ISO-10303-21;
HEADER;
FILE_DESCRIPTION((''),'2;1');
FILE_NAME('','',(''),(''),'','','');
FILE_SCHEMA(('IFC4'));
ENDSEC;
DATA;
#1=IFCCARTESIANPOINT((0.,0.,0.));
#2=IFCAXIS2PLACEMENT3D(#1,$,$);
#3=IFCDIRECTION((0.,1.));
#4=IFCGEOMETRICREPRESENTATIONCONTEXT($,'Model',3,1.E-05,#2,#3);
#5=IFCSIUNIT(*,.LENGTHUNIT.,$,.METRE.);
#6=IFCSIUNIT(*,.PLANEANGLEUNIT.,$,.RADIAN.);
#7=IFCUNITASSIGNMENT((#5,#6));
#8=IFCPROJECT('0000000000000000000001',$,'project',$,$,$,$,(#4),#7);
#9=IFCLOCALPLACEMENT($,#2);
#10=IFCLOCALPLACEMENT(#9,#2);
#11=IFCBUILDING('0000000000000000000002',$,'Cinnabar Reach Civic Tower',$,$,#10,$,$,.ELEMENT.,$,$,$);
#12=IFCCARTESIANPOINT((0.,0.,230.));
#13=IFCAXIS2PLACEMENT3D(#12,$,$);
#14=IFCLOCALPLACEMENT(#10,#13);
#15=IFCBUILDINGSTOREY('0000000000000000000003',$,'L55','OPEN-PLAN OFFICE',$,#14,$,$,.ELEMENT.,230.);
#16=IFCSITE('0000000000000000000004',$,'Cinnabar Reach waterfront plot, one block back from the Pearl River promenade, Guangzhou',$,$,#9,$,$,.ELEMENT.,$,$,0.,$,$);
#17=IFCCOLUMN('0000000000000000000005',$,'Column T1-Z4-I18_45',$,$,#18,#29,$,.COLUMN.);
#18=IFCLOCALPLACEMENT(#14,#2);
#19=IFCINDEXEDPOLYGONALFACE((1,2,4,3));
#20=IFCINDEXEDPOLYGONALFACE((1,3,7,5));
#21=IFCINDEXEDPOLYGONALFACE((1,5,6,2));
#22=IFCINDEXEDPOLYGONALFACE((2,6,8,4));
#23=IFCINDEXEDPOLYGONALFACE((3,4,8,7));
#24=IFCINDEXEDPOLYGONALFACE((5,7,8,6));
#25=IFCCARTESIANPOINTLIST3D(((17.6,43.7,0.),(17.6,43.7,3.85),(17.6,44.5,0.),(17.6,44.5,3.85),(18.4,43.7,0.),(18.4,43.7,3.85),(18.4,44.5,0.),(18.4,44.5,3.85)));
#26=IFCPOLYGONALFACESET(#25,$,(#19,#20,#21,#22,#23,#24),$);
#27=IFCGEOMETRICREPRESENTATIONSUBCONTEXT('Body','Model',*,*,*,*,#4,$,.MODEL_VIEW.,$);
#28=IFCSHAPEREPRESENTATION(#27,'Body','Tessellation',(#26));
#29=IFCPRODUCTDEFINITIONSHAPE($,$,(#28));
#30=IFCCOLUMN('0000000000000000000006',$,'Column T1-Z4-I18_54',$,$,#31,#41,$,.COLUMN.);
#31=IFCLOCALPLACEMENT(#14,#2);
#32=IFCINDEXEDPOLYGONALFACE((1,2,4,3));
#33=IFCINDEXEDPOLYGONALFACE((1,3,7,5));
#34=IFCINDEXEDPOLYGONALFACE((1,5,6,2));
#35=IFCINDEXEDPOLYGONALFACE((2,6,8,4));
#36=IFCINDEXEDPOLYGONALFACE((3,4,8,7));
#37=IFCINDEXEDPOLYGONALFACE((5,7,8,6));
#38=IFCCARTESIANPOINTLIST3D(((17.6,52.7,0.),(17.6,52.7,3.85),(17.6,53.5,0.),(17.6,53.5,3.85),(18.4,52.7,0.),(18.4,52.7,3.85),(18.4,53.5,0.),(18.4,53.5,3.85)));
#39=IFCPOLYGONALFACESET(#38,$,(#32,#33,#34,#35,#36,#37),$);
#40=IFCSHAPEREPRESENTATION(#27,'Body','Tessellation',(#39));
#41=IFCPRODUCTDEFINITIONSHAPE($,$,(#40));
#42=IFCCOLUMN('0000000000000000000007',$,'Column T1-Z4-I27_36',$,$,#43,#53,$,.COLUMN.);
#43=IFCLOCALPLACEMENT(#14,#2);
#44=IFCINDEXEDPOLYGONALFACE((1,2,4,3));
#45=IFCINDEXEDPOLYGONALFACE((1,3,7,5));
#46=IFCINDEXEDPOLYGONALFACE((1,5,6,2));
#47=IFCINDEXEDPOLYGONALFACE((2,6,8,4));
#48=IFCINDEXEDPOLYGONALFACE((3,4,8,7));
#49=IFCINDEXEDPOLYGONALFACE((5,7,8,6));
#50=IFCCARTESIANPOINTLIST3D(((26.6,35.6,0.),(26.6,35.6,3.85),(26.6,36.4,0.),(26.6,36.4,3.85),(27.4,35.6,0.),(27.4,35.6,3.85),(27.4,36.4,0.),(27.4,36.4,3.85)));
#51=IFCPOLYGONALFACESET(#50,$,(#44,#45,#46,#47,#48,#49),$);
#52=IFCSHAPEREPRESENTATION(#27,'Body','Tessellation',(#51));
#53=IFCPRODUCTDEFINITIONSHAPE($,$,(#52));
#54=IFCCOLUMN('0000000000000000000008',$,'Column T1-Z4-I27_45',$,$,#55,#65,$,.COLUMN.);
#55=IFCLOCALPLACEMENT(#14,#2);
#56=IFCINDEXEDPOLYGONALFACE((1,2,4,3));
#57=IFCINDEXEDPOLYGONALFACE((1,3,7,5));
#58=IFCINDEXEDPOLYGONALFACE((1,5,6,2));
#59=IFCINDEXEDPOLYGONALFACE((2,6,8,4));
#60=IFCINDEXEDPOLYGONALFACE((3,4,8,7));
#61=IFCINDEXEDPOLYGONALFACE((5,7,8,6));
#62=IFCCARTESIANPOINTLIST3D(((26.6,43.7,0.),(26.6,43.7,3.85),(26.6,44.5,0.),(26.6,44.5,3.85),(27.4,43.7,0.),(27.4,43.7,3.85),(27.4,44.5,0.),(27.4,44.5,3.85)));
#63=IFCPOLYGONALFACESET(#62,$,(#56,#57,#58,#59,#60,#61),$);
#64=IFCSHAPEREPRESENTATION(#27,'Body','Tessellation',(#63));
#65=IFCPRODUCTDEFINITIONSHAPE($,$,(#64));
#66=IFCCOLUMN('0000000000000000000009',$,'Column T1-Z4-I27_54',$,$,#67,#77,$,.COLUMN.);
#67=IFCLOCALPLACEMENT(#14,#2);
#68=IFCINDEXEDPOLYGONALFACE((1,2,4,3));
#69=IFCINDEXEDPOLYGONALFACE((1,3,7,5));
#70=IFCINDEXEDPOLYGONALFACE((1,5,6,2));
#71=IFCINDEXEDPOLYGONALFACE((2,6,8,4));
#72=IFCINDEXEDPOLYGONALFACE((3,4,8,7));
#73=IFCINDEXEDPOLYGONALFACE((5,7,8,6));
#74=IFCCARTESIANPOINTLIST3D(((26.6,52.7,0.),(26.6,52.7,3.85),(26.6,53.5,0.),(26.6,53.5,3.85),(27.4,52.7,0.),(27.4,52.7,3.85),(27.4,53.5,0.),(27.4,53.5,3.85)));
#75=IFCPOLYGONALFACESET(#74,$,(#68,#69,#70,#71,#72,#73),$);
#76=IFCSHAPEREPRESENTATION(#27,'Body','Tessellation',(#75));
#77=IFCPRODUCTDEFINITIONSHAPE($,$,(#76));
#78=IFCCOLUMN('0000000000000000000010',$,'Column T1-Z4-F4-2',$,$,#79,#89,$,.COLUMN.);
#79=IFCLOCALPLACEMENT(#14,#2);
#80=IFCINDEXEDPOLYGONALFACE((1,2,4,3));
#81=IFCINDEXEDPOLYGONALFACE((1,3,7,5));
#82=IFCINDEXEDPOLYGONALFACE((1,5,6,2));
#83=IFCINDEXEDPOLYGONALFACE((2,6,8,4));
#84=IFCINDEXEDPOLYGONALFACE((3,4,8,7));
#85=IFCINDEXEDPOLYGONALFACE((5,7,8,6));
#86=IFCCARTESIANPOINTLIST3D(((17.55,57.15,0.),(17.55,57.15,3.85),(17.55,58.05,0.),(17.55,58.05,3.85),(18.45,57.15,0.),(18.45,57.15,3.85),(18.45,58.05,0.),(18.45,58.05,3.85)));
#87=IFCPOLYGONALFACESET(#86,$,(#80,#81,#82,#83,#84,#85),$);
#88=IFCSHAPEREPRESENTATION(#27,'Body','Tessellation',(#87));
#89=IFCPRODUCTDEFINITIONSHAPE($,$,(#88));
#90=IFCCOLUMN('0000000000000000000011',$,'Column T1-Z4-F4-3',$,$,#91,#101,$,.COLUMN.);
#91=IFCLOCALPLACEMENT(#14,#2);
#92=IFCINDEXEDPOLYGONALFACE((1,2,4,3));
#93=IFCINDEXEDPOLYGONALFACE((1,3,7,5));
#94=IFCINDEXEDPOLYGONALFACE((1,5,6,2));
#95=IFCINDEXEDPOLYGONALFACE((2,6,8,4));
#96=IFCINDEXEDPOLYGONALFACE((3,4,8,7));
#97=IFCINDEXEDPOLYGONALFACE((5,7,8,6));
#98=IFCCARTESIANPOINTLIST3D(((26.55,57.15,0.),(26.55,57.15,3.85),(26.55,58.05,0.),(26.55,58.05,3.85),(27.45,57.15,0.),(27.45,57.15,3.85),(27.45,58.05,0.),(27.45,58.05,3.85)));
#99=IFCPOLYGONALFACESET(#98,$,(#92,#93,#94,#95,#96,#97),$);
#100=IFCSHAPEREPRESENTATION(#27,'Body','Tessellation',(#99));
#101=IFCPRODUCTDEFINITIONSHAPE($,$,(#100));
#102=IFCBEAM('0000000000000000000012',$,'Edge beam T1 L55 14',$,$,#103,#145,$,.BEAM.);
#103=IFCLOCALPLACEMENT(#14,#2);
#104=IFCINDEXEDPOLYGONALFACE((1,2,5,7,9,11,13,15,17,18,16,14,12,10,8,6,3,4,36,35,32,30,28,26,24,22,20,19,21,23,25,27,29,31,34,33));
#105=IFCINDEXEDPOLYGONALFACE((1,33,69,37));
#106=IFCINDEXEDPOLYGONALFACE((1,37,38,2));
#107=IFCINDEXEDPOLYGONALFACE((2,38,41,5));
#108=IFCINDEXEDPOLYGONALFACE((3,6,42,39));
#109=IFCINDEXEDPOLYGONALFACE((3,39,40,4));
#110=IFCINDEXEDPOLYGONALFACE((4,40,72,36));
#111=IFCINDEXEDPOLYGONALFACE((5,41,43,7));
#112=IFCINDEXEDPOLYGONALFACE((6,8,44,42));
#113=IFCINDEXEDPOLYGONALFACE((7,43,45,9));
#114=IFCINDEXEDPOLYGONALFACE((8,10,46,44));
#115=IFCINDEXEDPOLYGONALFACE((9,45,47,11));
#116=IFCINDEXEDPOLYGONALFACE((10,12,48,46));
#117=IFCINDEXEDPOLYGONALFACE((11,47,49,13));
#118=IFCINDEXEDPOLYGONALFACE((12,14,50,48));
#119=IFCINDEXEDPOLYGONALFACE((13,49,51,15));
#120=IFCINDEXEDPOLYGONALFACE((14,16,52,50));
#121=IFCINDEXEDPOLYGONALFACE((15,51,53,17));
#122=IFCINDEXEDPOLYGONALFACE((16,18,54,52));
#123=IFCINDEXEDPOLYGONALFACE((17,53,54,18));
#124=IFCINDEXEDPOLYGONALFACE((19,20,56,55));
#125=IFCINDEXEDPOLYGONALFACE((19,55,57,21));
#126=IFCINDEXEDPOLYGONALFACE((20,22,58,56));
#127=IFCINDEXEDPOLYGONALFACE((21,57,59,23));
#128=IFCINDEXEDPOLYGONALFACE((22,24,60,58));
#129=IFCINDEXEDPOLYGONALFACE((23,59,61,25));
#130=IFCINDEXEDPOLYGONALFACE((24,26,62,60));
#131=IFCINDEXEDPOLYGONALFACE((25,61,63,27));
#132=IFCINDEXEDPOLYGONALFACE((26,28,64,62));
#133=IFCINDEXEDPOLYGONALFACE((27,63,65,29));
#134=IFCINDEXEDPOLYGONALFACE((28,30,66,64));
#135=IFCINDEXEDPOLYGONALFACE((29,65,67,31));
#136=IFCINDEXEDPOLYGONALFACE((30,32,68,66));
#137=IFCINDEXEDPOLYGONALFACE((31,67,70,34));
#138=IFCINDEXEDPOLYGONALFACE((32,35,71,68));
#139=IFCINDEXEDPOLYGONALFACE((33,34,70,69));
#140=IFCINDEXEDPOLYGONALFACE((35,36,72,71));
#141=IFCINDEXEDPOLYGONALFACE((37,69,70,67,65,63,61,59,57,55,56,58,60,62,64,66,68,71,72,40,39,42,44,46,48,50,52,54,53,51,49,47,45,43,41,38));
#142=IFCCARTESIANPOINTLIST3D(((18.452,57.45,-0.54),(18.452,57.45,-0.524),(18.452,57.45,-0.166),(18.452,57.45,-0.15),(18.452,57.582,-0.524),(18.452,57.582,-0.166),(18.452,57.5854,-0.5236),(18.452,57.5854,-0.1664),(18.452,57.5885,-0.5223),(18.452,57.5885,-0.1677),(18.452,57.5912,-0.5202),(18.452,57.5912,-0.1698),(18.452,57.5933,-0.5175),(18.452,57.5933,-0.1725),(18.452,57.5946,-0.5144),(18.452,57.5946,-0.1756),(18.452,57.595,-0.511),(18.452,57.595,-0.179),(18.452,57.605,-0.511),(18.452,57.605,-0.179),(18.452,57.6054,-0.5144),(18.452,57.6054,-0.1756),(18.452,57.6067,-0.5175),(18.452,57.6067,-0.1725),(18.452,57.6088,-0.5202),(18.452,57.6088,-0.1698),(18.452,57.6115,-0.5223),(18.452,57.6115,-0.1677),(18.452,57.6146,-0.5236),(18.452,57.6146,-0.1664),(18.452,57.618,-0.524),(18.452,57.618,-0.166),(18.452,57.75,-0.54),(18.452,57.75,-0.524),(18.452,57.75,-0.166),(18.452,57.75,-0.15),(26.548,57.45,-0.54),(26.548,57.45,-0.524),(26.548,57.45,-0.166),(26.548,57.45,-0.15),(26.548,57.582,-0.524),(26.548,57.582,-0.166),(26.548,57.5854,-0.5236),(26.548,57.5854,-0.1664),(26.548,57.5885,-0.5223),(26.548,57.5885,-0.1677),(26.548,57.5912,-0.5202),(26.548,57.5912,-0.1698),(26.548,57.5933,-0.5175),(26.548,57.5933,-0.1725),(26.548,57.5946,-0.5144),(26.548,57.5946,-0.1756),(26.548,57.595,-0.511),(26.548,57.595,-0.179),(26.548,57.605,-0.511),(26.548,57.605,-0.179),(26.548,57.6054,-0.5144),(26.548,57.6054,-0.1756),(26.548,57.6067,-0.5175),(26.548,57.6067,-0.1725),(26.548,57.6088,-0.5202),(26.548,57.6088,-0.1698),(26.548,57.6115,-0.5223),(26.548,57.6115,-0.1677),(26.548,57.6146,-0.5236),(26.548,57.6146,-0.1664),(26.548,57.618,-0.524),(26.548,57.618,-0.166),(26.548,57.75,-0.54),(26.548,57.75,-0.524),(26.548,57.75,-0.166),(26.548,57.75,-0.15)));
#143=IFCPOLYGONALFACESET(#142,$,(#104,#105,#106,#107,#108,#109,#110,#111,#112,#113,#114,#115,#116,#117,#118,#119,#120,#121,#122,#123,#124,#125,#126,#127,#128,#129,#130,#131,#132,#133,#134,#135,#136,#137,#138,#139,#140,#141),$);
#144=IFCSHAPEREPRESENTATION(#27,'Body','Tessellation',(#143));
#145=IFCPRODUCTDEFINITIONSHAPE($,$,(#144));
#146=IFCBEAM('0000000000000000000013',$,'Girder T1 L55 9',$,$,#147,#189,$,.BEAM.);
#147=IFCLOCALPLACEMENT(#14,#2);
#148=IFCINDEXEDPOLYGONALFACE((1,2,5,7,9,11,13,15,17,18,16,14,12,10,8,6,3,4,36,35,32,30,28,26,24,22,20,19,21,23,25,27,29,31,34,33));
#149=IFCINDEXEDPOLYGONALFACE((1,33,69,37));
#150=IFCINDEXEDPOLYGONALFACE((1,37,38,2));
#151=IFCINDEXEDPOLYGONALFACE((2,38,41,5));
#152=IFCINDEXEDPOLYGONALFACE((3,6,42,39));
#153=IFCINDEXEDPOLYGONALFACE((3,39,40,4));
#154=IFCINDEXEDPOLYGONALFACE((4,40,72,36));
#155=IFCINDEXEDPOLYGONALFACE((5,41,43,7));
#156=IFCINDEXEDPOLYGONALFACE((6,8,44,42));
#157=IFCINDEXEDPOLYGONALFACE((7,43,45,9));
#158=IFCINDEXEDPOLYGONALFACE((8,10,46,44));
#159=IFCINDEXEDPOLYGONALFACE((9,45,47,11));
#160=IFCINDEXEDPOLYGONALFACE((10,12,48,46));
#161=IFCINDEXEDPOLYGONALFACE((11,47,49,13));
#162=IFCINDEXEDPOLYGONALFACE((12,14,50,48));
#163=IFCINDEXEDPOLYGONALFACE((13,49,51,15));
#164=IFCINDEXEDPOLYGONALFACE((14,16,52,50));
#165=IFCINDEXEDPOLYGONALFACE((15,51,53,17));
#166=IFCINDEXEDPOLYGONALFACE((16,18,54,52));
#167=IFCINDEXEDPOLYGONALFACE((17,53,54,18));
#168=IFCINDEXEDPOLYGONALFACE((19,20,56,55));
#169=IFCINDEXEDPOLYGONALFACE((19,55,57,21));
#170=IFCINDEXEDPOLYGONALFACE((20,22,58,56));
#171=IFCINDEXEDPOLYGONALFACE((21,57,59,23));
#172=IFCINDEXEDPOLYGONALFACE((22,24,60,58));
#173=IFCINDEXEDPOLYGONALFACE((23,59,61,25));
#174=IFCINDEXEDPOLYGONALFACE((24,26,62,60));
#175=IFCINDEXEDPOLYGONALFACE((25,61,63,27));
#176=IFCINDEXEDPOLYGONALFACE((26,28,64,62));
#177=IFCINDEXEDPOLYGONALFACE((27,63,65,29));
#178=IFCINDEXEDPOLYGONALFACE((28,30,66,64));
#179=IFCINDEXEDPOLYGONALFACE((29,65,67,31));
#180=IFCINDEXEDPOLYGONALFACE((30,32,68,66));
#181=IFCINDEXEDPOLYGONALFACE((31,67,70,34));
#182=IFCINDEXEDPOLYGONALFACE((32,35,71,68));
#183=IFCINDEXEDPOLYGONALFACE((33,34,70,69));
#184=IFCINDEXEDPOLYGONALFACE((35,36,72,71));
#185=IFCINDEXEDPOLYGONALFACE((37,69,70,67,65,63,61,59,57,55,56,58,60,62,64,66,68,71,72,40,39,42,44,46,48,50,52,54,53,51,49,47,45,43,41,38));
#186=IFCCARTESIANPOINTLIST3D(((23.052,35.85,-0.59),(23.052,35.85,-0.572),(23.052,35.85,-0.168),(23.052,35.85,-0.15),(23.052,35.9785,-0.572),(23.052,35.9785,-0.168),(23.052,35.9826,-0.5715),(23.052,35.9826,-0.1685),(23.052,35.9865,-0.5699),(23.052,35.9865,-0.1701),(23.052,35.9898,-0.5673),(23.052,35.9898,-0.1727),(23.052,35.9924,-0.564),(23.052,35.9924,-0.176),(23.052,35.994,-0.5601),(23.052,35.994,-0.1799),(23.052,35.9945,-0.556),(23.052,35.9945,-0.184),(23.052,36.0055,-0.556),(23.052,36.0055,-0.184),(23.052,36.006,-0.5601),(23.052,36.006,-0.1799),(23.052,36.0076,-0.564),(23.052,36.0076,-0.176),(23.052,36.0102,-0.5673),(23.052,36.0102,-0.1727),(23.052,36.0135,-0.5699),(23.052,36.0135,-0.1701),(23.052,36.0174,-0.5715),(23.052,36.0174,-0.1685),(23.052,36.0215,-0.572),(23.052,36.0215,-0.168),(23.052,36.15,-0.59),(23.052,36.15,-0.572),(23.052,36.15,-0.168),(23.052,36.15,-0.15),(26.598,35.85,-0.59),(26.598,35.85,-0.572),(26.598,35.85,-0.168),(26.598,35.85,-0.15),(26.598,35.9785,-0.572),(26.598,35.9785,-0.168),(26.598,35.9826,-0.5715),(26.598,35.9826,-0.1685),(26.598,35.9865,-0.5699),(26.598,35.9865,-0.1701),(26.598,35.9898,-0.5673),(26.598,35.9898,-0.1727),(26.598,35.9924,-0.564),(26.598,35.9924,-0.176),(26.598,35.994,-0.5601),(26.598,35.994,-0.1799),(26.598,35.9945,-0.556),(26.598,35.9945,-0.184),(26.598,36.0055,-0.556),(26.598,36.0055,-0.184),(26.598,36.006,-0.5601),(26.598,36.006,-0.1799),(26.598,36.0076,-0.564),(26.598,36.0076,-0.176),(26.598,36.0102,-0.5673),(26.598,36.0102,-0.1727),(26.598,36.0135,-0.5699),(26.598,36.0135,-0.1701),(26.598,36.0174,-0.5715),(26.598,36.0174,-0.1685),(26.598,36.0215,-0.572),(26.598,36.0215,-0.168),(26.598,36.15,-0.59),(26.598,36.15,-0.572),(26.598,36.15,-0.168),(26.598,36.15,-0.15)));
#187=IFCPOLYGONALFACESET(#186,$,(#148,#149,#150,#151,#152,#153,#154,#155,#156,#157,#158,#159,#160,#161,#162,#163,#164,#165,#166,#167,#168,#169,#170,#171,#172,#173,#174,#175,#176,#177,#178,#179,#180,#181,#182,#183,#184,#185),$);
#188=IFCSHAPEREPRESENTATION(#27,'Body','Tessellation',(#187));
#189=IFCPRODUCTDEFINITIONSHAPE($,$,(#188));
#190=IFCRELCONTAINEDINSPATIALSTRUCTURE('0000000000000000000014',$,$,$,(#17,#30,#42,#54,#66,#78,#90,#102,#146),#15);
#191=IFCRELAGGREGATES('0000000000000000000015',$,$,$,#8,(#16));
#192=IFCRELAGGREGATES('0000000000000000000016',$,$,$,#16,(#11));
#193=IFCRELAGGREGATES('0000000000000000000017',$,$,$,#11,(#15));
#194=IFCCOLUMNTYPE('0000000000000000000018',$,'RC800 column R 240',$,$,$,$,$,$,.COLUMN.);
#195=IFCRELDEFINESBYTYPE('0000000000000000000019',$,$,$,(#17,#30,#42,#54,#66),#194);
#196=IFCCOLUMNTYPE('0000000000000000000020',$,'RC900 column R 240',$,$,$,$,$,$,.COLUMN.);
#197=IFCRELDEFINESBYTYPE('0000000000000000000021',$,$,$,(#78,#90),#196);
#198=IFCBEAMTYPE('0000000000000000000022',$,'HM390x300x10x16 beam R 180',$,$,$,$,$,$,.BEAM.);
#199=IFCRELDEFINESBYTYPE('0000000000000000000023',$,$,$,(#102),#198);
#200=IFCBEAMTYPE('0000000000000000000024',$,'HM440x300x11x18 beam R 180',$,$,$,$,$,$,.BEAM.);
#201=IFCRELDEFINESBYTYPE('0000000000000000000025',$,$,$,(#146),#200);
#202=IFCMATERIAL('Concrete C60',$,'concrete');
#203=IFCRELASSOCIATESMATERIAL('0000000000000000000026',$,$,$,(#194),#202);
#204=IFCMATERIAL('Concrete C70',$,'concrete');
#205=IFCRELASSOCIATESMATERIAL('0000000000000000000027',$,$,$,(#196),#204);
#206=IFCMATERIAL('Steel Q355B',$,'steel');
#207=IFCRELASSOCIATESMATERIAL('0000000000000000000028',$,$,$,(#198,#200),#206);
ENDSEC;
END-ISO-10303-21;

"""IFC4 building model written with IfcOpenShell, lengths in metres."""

from ifc_helpers import new_model, si_unit, direction, frame, origin, origin_2d, place, context, subcontext, project, spatial, rectangle, i_section, extrude, material, material_profile, profile_set, type_object, element, save


model = new_model("IFC4")

# Units and contexts
model_context = context("Model", 3, precision=1e-05, world=origin(), true_north=direction((0.0, 1.0)))
body_context = subcontext(model_context, "Body", "Model", "MODEL_VIEW")
ifc_project = project(units=[si_unit("LENGTHUNIT", "METRE"), si_unit("PLANEANGLEUNIT", "RADIAN")], contexts=[model_context])

# Site, building, storey
site_placement = place(None, origin())
site = spatial("IfcSite", under=ifc_project, at=site_placement, Name="Cinnabar Reach waterfront plot, one block back from the Pearl River promenade, Guangzhou", CompositionType="ELEMENT", RefElevation=0.0)
building_placement = place(site_placement, origin())
building = spatial("IfcBuilding", under=site, at=building_placement, Name="Cinnabar Reach Civic Tower", CompositionType="ELEMENT")
storey_placement = place(building_placement, frame((0.0, 0.0, 230.0)))
storey = spatial("IfcBuildingStorey", under=building, at=storey_placement, Name="L55", Description="OPEN-PLAN OFFICE", CompositionType="ELEMENT", Elevation=230.0)

# Columns
ifc_material_1 = material(Name="Concrete C60", Category="concrete")
ifc_material_profile_1 = material_profile(ifc_material_1, rectangle(XDim=0.8, YDim=0.8, at=origin_2d()), Name="RC800")
ifc_profile_set_1 = profile_set([ifc_material_profile_1], Name="Concrete C60")
column_type_1 = type_object("IfcColumnType", Name="RC800 column R 240", PredefinedType="COLUMN", material=ifc_profile_set_1)
for number, where, z_axis, x_axis, name in (
    (1, (18.0, 44.1, 0.0), (0.0, 0.0, 1.0), (1.0, 0.0, 0.0), "Column T1-Z4-I18_45"),
    (2, (18.0, 53.1, 0.0), (0.0, 0.0, 1.0), (1.0, 0.0, 0.0), "Column T1-Z4-I18_54"),
    (3, (27.0, 36.0, 0.0), (0.0, 0.0, 1.0), (1.0, 0.0, 0.0), "Column T1-Z4-I27_36"),
    (4, (27.0, 44.1, 0.0), (0.0, 0.0, 1.0), (1.0, 0.0, 0.0), "Column T1-Z4-I27_45"),
    (5, (27.0, 53.1, 0.0), (0.0, 0.0, 1.0), (1.0, 0.0, 0.0), "Column T1-Z4-I27_54"),
):
    element("IfcColumn", number, at=place(storey_placement, frame(where, z_axis=z_axis, x_axis=x_axis)), inside=storey, type_object=column_type_1, Name=name, PredefinedType="COLUMN", context=body_context, shape_type="SweptSolid", body=[
        extrude(rectangle(XDim=0.8, YDim=0.8, at=origin_2d()), origin(), (0.0, 0.0, 1.0), 3.85),
    ])
ifc_material_2 = material(Name="Concrete C70", Category="concrete")
ifc_material_profile_2 = material_profile(ifc_material_2, rectangle(XDim=0.9, YDim=0.9, at=origin_2d()), Name="RC900")
ifc_profile_set_2 = profile_set([ifc_material_profile_2], Name="Concrete C70")
column_type_2 = type_object("IfcColumnType", Name="RC900 column R 240", PredefinedType="COLUMN", material=ifc_profile_set_2)
for number, where, z_axis, x_axis, name in (
    (6, (18.0, 57.6, 0.0), (0.0, 0.0, 1.0), (1.0, 0.0, 0.0), "Column T1-Z4-F4-2"),
    (7, (27.0, 57.6, 0.0), (0.0, 0.0, 1.0), (1.0, 0.0, 0.0), "Column T1-Z4-F4-3"),
):
    element("IfcColumn", number, at=place(storey_placement, frame(where, z_axis=z_axis, x_axis=x_axis)), inside=storey, type_object=column_type_2, Name=name, PredefinedType="COLUMN", context=body_context, shape_type="SweptSolid", body=[
        extrude(rectangle(XDim=0.9, YDim=0.9, at=origin_2d()), origin(), (0.0, 0.0, 1.0), 3.85),
    ])

# Beams
ifc_material_3 = material(Name="Steel Q355B", Category="steel")
ifc_material_profile_3 = material_profile(ifc_material_3, i_section(OverallWidth=0.3, OverallDepth=0.39, WebThickness=0.01, FlangeThickness=0.016, FilletRadius=0.013, at=origin_2d()), Name="HM390x300x10x16")
ifc_profile_set_3 = profile_set([ifc_material_profile_3], Name="Steel Q355B")
beam_type_1 = type_object("IfcBeamType", Name="HM390x300x10x16 beam R 180", PredefinedType="BEAM", material=ifc_profile_set_3)
beam_1_placement = place(storey_placement, frame((26.548, 57.6, -0.345), z_axis=(-1.0, 0.0, 0.0), x_axis=(0.0, -1.0, 0.0)))
element("IfcBeam", 8, at=beam_1_placement, inside=storey, type_object=beam_type_1, Name="Edge beam T1 L55 14", PredefinedType="BEAM", context=body_context, shape_type="SweptSolid", body=[
    extrude(i_section(OverallWidth=0.3, OverallDepth=0.39, WebThickness=0.01, FlangeThickness=0.016, FilletRadius=0.013, at=origin_2d()), origin(), (0.0, 0.0, 1.0), 8.096),
])
ifc_material_profile_4 = material_profile(ifc_material_3, i_section(OverallWidth=0.3, OverallDepth=0.44, WebThickness=0.011, FlangeThickness=0.018, FilletRadius=0.016, at=origin_2d()), Name="HM440x300x11x18")
ifc_profile_set_4 = profile_set([ifc_material_profile_4], Name="Steel Q355B")
beam_type_2 = type_object("IfcBeamType", Name="HM440x300x11x18 beam R 180", PredefinedType="BEAM", material=ifc_profile_set_4)
beam_2_placement = place(storey_placement, frame((23.052, 36.0, -0.37), z_axis=(1.0, 0.0, 0.0), x_axis=(0.0, 1.0, 0.0)))
element("IfcBeam", 9, at=beam_2_placement, inside=storey, type_object=beam_type_2, Name="Girder T1 L55 9", PredefinedType="BEAM", context=body_context, shape_type="SweptSolid", body=[
    extrude(i_section(OverallWidth=0.3, OverallDepth=0.44, WebThickness=0.011, FlangeThickness=0.018, FilletRadius=0.016, at=origin_2d()), origin(), (0.0, 0.0, 1.0), 3.546),
])

save(model, "model.ifc")
